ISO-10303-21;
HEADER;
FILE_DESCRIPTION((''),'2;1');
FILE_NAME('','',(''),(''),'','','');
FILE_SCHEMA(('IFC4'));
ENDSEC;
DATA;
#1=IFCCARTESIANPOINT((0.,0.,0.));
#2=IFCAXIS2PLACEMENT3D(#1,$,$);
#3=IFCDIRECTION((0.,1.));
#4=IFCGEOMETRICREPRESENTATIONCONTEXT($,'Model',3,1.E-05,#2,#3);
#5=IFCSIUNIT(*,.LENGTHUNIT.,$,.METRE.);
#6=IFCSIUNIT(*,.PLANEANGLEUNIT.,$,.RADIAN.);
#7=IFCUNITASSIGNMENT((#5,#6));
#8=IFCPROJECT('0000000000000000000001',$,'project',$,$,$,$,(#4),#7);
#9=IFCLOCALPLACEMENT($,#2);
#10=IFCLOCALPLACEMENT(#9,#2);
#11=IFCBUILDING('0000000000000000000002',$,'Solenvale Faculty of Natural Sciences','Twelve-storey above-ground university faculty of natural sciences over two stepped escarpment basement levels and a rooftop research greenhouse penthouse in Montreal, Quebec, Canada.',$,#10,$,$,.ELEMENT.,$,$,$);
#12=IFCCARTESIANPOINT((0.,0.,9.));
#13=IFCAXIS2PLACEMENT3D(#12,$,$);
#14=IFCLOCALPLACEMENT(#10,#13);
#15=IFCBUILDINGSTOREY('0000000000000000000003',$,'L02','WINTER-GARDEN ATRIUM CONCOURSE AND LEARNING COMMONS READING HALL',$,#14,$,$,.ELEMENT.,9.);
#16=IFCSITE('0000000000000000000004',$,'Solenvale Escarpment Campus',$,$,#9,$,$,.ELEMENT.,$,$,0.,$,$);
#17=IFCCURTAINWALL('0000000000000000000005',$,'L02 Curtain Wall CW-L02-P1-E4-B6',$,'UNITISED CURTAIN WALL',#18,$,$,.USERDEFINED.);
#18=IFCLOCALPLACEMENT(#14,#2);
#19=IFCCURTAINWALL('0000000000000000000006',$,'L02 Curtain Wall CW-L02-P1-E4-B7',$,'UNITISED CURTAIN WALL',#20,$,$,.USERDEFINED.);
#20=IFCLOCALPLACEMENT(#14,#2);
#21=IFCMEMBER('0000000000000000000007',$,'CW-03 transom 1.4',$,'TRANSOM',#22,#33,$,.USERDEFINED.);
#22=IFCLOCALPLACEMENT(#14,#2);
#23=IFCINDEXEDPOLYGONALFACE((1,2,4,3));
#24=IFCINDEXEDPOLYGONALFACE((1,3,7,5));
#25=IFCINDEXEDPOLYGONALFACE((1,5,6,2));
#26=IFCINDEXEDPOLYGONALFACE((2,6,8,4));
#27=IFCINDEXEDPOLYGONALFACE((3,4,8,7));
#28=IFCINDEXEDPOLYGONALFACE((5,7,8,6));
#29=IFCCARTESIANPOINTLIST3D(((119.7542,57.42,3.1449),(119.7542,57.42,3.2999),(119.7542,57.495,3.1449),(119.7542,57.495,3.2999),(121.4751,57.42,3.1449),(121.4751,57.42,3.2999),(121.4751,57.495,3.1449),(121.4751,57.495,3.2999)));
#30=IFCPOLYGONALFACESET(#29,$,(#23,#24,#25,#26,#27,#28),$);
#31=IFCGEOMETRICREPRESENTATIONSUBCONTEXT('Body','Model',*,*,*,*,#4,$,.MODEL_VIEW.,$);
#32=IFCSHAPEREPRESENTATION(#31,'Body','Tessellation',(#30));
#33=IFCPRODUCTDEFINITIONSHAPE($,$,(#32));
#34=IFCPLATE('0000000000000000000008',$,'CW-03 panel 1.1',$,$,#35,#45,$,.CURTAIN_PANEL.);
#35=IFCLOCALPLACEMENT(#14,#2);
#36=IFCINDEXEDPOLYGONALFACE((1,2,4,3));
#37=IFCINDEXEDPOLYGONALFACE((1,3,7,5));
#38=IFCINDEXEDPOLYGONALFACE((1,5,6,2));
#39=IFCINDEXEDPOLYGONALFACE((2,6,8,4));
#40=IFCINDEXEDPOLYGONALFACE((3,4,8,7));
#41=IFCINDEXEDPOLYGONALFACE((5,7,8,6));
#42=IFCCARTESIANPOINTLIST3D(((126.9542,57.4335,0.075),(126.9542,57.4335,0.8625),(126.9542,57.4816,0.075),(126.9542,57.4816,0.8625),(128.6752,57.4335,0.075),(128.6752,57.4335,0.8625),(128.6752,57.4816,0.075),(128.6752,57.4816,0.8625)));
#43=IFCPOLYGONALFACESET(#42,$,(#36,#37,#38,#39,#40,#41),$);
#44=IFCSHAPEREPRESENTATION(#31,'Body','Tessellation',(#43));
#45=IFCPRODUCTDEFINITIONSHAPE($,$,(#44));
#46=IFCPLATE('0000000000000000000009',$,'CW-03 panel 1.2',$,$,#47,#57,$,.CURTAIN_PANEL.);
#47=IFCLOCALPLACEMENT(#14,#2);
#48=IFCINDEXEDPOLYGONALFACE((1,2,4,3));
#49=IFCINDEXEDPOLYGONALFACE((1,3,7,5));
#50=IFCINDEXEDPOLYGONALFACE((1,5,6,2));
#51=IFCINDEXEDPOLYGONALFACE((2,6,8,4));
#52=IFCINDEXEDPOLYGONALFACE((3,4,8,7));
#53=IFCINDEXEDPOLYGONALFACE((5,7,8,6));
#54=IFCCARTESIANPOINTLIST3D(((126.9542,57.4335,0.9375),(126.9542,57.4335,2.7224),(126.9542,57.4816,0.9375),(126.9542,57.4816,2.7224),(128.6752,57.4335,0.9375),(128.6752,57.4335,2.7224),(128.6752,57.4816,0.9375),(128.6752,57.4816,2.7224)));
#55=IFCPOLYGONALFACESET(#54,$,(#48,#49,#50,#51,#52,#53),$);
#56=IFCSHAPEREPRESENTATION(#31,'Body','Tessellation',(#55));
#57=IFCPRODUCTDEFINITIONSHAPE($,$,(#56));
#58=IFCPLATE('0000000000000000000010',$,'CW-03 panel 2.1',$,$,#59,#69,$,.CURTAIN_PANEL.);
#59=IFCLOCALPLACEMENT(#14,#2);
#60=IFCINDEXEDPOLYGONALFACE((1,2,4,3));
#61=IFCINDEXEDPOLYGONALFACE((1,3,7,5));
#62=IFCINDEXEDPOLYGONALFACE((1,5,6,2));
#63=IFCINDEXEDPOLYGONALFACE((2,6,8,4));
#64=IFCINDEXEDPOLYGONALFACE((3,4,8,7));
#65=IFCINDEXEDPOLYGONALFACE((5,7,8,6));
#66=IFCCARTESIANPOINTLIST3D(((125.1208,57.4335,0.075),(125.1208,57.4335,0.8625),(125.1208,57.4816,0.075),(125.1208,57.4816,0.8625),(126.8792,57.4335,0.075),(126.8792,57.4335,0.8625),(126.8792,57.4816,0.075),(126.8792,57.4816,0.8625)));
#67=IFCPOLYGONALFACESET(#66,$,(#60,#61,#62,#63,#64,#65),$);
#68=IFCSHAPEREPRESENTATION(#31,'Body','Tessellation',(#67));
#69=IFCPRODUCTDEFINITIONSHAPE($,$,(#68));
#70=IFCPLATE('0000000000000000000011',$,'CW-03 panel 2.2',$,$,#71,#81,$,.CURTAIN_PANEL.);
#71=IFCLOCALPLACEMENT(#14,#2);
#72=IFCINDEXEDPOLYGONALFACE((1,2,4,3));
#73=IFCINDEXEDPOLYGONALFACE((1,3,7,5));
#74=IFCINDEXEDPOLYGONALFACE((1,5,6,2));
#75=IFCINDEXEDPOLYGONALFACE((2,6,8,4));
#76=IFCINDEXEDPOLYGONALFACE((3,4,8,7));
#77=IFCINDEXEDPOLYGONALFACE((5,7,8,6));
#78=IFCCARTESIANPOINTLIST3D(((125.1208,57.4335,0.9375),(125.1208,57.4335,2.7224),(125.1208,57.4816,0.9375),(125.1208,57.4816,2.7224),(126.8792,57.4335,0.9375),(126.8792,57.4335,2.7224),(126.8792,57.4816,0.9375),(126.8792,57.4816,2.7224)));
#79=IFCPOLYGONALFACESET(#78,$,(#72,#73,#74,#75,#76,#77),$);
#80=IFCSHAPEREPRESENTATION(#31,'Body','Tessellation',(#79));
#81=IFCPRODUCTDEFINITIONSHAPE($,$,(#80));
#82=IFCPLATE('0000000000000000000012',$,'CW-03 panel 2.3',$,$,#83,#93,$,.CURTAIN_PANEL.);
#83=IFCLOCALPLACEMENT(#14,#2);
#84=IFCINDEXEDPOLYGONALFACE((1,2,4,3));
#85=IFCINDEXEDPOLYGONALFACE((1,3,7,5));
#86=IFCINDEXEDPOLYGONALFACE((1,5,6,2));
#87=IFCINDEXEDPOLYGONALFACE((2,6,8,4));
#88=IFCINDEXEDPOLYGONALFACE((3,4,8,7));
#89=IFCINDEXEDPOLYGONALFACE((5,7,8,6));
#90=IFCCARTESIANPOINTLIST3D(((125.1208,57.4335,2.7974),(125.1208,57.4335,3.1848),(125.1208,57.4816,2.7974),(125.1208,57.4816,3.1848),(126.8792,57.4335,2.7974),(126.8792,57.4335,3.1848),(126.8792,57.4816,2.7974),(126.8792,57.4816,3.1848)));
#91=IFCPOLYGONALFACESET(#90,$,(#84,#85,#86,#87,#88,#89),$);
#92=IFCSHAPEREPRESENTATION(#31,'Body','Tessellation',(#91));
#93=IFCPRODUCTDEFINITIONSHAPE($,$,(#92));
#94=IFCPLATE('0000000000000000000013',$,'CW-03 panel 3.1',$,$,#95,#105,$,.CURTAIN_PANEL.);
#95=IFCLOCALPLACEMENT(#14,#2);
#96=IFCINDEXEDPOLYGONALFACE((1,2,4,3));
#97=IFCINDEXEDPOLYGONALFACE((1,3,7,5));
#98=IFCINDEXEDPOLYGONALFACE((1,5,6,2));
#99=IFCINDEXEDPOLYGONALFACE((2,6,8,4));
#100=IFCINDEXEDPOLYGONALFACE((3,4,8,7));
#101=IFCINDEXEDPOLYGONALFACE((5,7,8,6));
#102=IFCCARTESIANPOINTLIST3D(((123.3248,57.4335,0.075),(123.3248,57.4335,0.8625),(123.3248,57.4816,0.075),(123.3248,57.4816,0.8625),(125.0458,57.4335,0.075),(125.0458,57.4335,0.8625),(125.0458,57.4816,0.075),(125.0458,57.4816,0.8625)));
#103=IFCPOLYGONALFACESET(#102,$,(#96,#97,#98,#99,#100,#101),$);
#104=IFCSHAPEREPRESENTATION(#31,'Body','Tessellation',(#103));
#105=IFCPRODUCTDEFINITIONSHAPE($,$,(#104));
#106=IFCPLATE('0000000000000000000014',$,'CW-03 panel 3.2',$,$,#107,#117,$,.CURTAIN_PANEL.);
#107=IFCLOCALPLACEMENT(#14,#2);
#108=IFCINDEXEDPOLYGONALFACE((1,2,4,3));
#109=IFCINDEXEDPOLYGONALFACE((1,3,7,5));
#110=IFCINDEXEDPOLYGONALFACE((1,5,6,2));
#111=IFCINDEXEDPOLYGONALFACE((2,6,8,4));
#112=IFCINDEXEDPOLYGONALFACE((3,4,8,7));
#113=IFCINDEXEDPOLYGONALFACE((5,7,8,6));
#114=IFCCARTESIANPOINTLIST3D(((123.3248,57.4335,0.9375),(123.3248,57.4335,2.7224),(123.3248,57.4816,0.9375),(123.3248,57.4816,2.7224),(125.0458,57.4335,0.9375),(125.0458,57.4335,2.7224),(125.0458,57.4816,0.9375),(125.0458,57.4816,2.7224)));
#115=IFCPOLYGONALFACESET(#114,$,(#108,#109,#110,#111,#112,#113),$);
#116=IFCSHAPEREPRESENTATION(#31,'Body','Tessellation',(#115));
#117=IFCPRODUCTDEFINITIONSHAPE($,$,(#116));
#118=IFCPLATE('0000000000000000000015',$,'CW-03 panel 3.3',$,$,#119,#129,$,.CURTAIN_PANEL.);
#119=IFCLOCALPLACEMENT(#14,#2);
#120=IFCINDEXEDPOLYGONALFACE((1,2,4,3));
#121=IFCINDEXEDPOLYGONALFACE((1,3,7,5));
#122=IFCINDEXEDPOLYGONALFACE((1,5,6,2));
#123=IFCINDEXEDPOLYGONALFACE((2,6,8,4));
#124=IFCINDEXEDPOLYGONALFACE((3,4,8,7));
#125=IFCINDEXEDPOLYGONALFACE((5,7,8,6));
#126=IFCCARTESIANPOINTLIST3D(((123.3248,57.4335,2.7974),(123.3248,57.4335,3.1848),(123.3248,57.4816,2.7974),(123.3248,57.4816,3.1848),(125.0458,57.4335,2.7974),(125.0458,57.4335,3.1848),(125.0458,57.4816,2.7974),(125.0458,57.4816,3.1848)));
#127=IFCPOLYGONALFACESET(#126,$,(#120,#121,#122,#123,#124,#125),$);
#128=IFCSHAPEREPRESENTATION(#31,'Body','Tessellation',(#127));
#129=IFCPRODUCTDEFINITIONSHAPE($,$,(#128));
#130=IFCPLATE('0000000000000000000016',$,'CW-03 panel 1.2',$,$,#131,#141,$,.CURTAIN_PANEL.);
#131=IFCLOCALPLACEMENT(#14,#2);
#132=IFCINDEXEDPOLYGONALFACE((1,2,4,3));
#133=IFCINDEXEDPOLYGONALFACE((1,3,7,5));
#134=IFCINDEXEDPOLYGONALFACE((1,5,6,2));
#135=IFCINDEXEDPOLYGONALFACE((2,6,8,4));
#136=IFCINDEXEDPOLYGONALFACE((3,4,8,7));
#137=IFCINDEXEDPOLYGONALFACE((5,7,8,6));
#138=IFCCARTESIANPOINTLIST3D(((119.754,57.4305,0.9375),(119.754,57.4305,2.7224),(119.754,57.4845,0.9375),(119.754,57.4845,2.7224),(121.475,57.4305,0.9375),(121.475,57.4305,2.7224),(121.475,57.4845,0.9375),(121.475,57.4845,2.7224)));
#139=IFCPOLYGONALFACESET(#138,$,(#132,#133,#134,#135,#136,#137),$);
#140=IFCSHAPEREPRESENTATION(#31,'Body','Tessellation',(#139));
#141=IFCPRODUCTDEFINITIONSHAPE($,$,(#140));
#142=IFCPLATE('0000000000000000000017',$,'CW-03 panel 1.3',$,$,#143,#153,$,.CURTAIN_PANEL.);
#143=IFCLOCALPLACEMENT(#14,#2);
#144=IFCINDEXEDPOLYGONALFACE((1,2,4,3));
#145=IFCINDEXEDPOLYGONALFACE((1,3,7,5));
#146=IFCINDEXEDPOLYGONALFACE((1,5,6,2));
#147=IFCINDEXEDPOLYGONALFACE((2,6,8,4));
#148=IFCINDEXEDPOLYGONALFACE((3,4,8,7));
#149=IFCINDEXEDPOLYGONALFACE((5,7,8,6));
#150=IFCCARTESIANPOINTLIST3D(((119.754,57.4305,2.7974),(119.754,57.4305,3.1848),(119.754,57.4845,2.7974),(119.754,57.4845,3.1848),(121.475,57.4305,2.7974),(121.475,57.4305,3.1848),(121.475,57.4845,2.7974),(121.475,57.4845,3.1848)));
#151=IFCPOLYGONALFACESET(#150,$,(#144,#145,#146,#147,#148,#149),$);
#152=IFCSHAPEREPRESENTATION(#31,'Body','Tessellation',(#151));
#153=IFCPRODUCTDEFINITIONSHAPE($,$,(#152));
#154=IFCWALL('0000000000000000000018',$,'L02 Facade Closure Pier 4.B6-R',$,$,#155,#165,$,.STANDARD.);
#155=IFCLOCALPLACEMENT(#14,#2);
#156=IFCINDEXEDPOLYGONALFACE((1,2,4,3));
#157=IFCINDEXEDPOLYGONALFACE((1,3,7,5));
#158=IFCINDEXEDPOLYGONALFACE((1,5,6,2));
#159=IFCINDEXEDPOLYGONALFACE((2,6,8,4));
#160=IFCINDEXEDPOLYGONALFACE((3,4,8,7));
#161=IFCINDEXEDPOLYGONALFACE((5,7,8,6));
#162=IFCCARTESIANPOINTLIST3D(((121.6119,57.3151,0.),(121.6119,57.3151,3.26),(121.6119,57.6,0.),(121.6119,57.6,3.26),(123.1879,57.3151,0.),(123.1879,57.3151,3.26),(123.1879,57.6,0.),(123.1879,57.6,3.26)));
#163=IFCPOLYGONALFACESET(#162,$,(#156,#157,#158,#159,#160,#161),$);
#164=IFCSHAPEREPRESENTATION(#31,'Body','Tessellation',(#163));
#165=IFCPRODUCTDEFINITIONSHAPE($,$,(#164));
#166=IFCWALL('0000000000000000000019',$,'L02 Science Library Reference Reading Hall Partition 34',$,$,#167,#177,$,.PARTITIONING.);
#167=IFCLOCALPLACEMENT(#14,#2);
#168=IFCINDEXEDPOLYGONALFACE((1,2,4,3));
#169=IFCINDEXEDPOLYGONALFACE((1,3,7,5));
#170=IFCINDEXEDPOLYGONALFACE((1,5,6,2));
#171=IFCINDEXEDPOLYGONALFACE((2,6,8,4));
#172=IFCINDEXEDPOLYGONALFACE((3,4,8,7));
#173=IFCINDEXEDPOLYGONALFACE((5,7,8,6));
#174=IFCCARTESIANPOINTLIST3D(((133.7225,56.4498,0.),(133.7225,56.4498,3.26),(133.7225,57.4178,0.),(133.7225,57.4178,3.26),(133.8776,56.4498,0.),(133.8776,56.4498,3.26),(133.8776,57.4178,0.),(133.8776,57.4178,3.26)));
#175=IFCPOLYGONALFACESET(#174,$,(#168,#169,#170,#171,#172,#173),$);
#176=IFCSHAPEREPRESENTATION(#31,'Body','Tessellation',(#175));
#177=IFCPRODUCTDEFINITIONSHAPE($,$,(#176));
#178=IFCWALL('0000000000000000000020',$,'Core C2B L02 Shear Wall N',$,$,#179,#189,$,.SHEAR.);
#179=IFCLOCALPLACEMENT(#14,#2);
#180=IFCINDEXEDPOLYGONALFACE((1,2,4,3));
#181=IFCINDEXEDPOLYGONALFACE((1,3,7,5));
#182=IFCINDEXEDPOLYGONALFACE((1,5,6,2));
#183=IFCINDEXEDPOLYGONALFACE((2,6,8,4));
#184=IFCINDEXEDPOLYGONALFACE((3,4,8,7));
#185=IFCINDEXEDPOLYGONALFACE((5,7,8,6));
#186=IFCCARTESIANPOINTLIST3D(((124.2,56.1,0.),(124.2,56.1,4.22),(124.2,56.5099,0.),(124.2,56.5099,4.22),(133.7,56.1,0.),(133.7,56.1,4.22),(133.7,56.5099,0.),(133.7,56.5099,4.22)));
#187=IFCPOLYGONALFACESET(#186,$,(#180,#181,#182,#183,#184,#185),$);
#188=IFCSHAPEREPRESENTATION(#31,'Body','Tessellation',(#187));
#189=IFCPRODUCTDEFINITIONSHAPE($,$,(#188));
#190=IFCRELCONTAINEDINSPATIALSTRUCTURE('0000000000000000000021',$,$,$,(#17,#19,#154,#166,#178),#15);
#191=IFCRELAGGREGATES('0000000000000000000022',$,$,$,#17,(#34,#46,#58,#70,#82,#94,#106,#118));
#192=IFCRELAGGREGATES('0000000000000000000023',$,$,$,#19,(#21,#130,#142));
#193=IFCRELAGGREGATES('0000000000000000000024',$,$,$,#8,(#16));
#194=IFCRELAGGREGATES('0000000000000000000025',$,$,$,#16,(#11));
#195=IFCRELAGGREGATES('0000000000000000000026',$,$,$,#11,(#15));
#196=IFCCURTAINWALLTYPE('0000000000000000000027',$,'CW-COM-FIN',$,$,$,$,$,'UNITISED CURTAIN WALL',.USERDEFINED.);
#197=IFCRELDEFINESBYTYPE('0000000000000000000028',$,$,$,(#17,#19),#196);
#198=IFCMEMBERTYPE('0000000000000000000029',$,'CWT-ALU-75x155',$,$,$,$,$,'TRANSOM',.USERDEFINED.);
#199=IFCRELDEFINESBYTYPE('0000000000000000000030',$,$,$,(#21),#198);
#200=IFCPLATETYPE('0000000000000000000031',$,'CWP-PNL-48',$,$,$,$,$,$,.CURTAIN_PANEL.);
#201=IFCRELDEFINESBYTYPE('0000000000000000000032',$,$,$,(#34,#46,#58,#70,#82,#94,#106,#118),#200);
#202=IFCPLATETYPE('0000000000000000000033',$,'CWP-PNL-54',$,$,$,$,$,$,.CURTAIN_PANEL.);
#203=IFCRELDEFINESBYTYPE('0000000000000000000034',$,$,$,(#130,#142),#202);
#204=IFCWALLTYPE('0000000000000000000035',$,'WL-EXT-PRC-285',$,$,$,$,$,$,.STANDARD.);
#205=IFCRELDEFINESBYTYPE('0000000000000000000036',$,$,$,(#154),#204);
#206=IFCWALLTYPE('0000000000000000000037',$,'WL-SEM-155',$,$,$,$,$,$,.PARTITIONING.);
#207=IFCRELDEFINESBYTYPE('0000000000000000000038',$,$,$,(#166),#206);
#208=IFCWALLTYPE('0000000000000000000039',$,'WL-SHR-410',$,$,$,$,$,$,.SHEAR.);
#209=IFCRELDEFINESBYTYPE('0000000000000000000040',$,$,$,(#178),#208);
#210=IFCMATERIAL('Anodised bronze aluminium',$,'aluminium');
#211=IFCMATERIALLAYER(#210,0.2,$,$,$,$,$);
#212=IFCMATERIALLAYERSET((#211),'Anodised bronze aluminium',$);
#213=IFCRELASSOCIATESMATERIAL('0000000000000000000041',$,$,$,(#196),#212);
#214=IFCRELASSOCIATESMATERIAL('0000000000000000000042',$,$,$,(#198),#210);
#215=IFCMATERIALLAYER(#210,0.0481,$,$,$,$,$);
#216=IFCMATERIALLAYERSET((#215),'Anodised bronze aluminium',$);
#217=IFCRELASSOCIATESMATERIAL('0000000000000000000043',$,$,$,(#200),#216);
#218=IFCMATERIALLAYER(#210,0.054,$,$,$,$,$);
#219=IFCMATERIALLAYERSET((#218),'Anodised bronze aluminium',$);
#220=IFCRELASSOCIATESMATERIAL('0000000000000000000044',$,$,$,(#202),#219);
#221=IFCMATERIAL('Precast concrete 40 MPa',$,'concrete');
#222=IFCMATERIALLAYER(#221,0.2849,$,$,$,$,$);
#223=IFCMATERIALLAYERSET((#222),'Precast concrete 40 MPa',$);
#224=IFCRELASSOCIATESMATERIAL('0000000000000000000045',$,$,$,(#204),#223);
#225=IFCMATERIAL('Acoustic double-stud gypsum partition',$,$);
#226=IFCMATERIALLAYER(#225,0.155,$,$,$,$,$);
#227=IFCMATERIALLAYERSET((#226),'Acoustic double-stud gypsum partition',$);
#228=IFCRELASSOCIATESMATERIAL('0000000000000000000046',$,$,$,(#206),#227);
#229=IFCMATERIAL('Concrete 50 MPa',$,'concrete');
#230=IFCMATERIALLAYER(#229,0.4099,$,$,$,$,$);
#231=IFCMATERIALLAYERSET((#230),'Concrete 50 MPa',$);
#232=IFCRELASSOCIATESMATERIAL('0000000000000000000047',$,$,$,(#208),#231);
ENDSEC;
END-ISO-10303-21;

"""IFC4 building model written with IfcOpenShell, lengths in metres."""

from ifc_helpers import new_model, si_unit, direction, frame, frame_2d, origin, origin_2d, place, context, subcontext, project, spatial, rectangle, extrude, material, layer, layer_set, material_profile, profile_set, type_object, element, aggregate, save


model = new_model("IFC4")

# Units and contexts
model_context = context("Model", 3, precision=1e-05, world=origin(), true_north=direction((0.0, 1.0)))
body_context = subcontext(model_context, "Body", "Model", "MODEL_VIEW")
ifc_project = project(units=[si_unit("LENGTHUNIT", "METRE"), si_unit("PLANEANGLEUNIT", "RADIAN")], contexts=[model_context])

# Site, building, storey
site_placement = place(None, origin())
site = spatial("IfcSite", under=ifc_project, at=site_placement, Name="Solenvale Escarpment Campus", CompositionType="ELEMENT", RefElevation=0.0)
building_placement = place(site_placement, origin())
building = spatial("IfcBuilding", under=site, at=building_placement, Name="Solenvale Faculty of Natural Sciences", Description="Twelve-storey above-ground university faculty of natural sciences over two stepped escarpment basement levels and a rooftop research greenhouse penthouse in Montreal, Quebec, Canada.", CompositionType="ELEMENT")
storey_placement = place(building_placement, frame((0.0, 0.0, 9.0)))
storey = spatial("IfcBuildingStorey", under=building, at=storey_placement, Name="L02", Description="WINTER-GARDEN ATRIUM CONCOURSE AND LEARNING COMMONS READING HALL", CompositionType="ELEMENT", Elevation=9.0)

# Curtain wall
ifc_material_1 = material(Name="Anodised bronze aluminium", Category="aluminium")
ifc_layer_1 = layer(ifc_material_1, 0.2)
ifc_layer_set_1 = layer_set([ifc_layer_1], Name="Anodised bronze aluminium")
curtain_wall_type = type_object("IfcCurtainWallType", Name="CW-COM-FIN", ElementType="UNITISED CURTAIN WALL", PredefinedType="USERDEFINED", material=ifc_layer_set_1)
curtain_wall_1_placement = place(storey_placement, origin())
curtain_wall_1 = element("IfcCurtainWall", 1, at=curtain_wall_1_placement, inside=storey, type_object=curtain_wall_type, Name="L02 Curtain Wall CW-L02-P1-E4-B6", ObjectType="UNITISED CURTAIN WALL", PredefinedType="USERDEFINED")

# Curtain wall
curtain_wall_2_placement = place(storey_placement, origin())
curtain_wall_2 = element("IfcCurtainWall", 2, at=curtain_wall_2_placement, inside=storey, type_object=curtain_wall_type, Name="L02 Curtain Wall CW-L02-P1-E4-B7", ObjectType="UNITISED CURTAIN WALL", PredefinedType="USERDEFINED")

# Member
ifc_material_profile_1 = material_profile(ifc_material_1, rectangle(XDim=0.075, YDim=0.155, at=origin_2d()), Name="ALU-TRN-75x155")
ifc_profile_set_1 = profile_set([ifc_material_profile_1], Name="Anodised bronze aluminium")
member_type_1 = type_object("IfcMemberType", Name="CWT-ALU-75x155", ElementType="TRANSOM", PredefinedType="USERDEFINED", material=ifc_profile_set_1)
member_1_placement = place(storey_placement, frame((121.4751, 57.4575, 3.2224), z_axis=(-1.0, 0.0, 0.0), x_axis=(0.0, -1.0, 0.0)))
member_1 = element("IfcMember", 3, at=member_1_placement, type_object=member_type_1, Name="CW-03 transom 1.4", ObjectType="TRANSOM", PredefinedType="USERDEFINED", context=body_context, shape_type="SweptSolid", body=[
    extrude(rectangle(XDim=0.075, YDim=0.155, at=origin_2d()), origin(), (0.0, 0.0, 1.0), 1.7209),
])

# Plates
ifc_layer_2 = layer(ifc_material_1, 0.0481)
ifc_layer_set_2 = layer_set([ifc_layer_2], Name="Anodised bronze aluminium")
plate_type_1 = type_object("IfcPlateType", Name="CWP-PNL-48", PredefinedType="CURTAIN_PANEL", material=ifc_layer_set_2)
plate_1_placement = place(storey_placement, frame((127.8147, 57.4575, 0.075), z_axis=(0.0, 0.0, 1.0), x_axis=(-1.0, 0.0, 0.0)))
plate_1 = element("IfcPlate", 4, at=plate_1_placement, type_object=plate_type_1, Name="CW-03 panel 1.1", PredefinedType="CURTAIN_PANEL", context=body_context, shape_type="SweptSolid", body=[
    extrude(rectangle(XDim=1.7209, YDim=0.0481, at=origin_2d()), origin(), (0.0, 0.0, 1.0), 0.7876),
])
plate_2_placement = place(storey_placement, frame((127.8147, 57.4575, 0.9375), z_axis=(0.0, 0.0, 1.0), x_axis=(-1.0, 0.0, 0.0)))
plate_2 = element("IfcPlate", 5, at=plate_2_placement, type_object=plate_type_1, Name="CW-03 panel 1.2", PredefinedType="CURTAIN_PANEL", context=body_context, shape_type="SweptSolid", body=[
    extrude(rectangle(XDim=1.7209, YDim=0.0481, at=origin_2d()), origin(), (0.0, 0.0, 1.0), 1.7849),
])
plate_3_placement = place(storey_placement, frame((126.0, 57.4575, 0.075), z_axis=(0.0, 0.0, 1.0), x_axis=(-1.0, 0.0, 0.0)))
plate_3 = element("IfcPlate", 6, at=plate_3_placement, type_object=plate_type_1, Name="CW-03 panel 2.1", PredefinedType="CURTAIN_PANEL", context=body_context, shape_type="SweptSolid", body=[
    extrude(rectangle(XDim=1.7583, YDim=0.0481, at=origin_2d()), origin(), (0.0, 0.0, 1.0), 0.7876),
])
plate_4_placement = place(storey_placement, frame((126.0, 57.4575, 0.9375), z_axis=(0.0, 0.0, 1.0), x_axis=(-1.0, 0.0, 0.0)))
plate_4 = element("IfcPlate", 7, at=plate_4_placement, type_object=plate_type_1, Name="CW-03 panel 2.2", PredefinedType="CURTAIN_PANEL", context=body_context, shape_type="SweptSolid", body=[
    extrude(rectangle(XDim=1.7583, YDim=0.0481, at=origin_2d()), origin(), (0.0, 0.0, 1.0), 1.7849),
])
plate_5_placement = place(storey_placement, frame((126.0, 57.4575, 2.7974), z_axis=(0.0, 0.0, 1.0), x_axis=(-1.0, 0.0, 0.0)))
plate_5 = element("IfcPlate", 8, at=plate_5_placement, type_object=plate_type_1, Name="CW-03 panel 2.3", PredefinedType="CURTAIN_PANEL", context=body_context, shape_type="SweptSolid", body=[
    extrude(rectangle(XDim=1.7583, YDim=0.0481, at=origin_2d()), origin(), (0.0, 0.0, 1.0), 0.3875),
])
plate_6_placement = place(storey_placement, frame((124.1853, 57.4575, 0.075), z_axis=(0.0, 0.0, 1.0), x_axis=(-1.0, 0.0, 0.0)))
plate_6 = element("IfcPlate", 9, at=plate_6_placement, type_object=plate_type_1, Name="CW-03 panel 3.1", PredefinedType="CURTAIN_PANEL", context=body_context, shape_type="SweptSolid", body=[
    extrude(rectangle(XDim=1.7209, YDim=0.0481, at=origin_2d()), origin(), (0.0, 0.0, 1.0), 0.7876),
])
plate_7_placement = place(storey_placement, frame((124.1853, 57.4575, 0.9375), z_axis=(0.0, 0.0, 1.0), x_axis=(-1.0, 0.0, 0.0)))
plate_7 = element("IfcPlate", 10, at=plate_7_placement, type_object=plate_type_1, Name="CW-03 panel 3.2", PredefinedType="CURTAIN_PANEL", context=body_context, shape_type="SweptSolid", body=[
    extrude(rectangle(XDim=1.7209, YDim=0.0481, at=origin_2d()), origin(), (0.0, 0.0, 1.0), 1.7849),
])
plate_8_placement = place(storey_placement, frame((124.1853, 57.4575, 2.7974), z_axis=(0.0, 0.0, 1.0), x_axis=(-1.0, 0.0, 0.0)))
plate_8 = element("IfcPlate", 11, at=plate_8_placement, type_object=plate_type_1, Name="CW-03 panel 3.3", PredefinedType="CURTAIN_PANEL", context=body_context, shape_type="SweptSolid", body=[
    extrude(rectangle(XDim=1.7209, YDim=0.0481, at=origin_2d()), origin(), (0.0, 0.0, 1.0), 0.3875),
])
aggregate(curtain_wall_1, [plate_1, plate_2, plate_3, plate_4, plate_5, plate_6, plate_7, plate_8])
ifc_layer_3 = layer(ifc_material_1, 0.054)
ifc_layer_set_3 = layer_set([ifc_layer_3], Name="Anodised bronze aluminium")
plate_type_2 = type_object("IfcPlateType", Name="CWP-PNL-54", PredefinedType="CURTAIN_PANEL", material=ifc_layer_set_3)
plate_9_placement = place(storey_placement, frame((120.6145, 57.4575, 0.9375), z_axis=(0.0, 0.0, 1.0), x_axis=(-1.0, 0.0, 0.0)))
plate_9 = element("IfcPlate", 12, at=plate_9_placement, type_object=plate_type_2, Name="CW-03 panel 1.2", PredefinedType="CURTAIN_PANEL", context=body_context, shape_type="SweptSolid", body=[
    extrude(rectangle(XDim=1.7209, YDim=0.054, at=origin_2d()), origin(), (0.0, 0.0, 1.0), 1.7849),
])
plate_10_placement = place(storey_placement, frame((120.6145, 57.4575, 2.7974), z_axis=(0.0, 0.0, 1.0), x_axis=(-1.0, 0.0, 0.0)))
plate_10 = element("IfcPlate", 13, at=plate_10_placement, type_object=plate_type_2, Name="CW-03 panel 1.3", PredefinedType="CURTAIN_PANEL", context=body_context, shape_type="SweptSolid", body=[
    extrude(rectangle(XDim=1.7209, YDim=0.054, at=origin_2d()), origin(), (0.0, 0.0, 1.0), 0.3875),
])
aggregate(curtain_wall_2, [member_1, plate_9, plate_10])

# Walls
ifc_material_2 = material(Name="Precast concrete 40 MPa", Category="concrete")
ifc_layer_4 = layer(ifc_material_2, 0.2849)
ifc_layer_set_4 = layer_set([ifc_layer_4], Name="Precast concrete 40 MPa")
wall_type_1 = type_object("IfcWallType", Name="WL-EXT-PRC-285", PredefinedType="STANDARD", material=ifc_layer_set_4)
wall_1_placement = place(storey_placement, frame((123.188, 57.4575, 0.0), z_axis=(0.0, 0.0, 1.0), x_axis=(-1.0, 0.0, 0.0)))
element("IfcWall", 14, at=wall_1_placement, inside=storey, type_object=wall_type_1, Name="L02 Facade Closure Pier 4.B6-R", PredefinedType="STANDARD", context=body_context, shape_type="SweptSolid", body=[
    extrude(rectangle(XDim=1.5759, YDim=0.2849, at=frame_2d((0.7881, 0.0))), origin(), (0.0, 0.0, 1.0), 3.26),
])
ifc_material_3 = material(Name="Acoustic double-stud gypsum partition")
ifc_layer_5 = layer(ifc_material_3, 0.155)
ifc_layer_set_5 = layer_set([ifc_layer_5], Name="Acoustic double-stud gypsum partition")
wall_type_2 = type_object("IfcWallType", Name="WL-SEM-155", PredefinedType="PARTITIONING", material=ifc_layer_set_5)
wall_2_placement = place(storey_placement, frame((133.8, 56.45, 0.0), z_axis=(0.0, 0.0, 1.0), x_axis=(0.0, 1.0, 0.0)))
element("IfcWall", 15, at=wall_2_placement, inside=storey, type_object=wall_type_2, Name="L02 Science Library Reference Reading Hall Partition 34", PredefinedType="PARTITIONING", context=body_context, shape_type="SweptSolid", body=[
    extrude(rectangle(XDim=0.968, YDim=0.155, at=frame_2d((0.4839, 0.0))), origin(), (0.0, 0.0, 1.0), 3.26),
])
ifc_material_4 = material(Name="Concrete 50 MPa", Category="concrete")
ifc_layer_6 = layer(ifc_material_4, 0.4099)
ifc_layer_set_6 = layer_set([ifc_layer_6], Name="Concrete 50 MPa")
wall_type_3 = type_object("IfcWallType", Name="WL-SHR-410", PredefinedType="SHEAR", material=ifc_layer_set_6)
wall_3_placement = place(storey_placement, frame((124.2, 56.3049, 0.0), z_axis=(0.0, 0.0, 1.0), x_axis=(1.0, 0.0, 0.0)))
element("IfcWall", 16, at=wall_3_placement, inside=storey, type_object=wall_type_3, Name="Core C2B L02 Shear Wall N", PredefinedType="SHEAR", context=body_context, shape_type="SweptSolid", body=[
    extrude(rectangle(XDim=9.5, YDim=0.4099, at=frame_2d((4.75, 0.0))), origin(), (0.0, 0.0, 1.0), 4.22),
])

save(model, "model.ifc")
